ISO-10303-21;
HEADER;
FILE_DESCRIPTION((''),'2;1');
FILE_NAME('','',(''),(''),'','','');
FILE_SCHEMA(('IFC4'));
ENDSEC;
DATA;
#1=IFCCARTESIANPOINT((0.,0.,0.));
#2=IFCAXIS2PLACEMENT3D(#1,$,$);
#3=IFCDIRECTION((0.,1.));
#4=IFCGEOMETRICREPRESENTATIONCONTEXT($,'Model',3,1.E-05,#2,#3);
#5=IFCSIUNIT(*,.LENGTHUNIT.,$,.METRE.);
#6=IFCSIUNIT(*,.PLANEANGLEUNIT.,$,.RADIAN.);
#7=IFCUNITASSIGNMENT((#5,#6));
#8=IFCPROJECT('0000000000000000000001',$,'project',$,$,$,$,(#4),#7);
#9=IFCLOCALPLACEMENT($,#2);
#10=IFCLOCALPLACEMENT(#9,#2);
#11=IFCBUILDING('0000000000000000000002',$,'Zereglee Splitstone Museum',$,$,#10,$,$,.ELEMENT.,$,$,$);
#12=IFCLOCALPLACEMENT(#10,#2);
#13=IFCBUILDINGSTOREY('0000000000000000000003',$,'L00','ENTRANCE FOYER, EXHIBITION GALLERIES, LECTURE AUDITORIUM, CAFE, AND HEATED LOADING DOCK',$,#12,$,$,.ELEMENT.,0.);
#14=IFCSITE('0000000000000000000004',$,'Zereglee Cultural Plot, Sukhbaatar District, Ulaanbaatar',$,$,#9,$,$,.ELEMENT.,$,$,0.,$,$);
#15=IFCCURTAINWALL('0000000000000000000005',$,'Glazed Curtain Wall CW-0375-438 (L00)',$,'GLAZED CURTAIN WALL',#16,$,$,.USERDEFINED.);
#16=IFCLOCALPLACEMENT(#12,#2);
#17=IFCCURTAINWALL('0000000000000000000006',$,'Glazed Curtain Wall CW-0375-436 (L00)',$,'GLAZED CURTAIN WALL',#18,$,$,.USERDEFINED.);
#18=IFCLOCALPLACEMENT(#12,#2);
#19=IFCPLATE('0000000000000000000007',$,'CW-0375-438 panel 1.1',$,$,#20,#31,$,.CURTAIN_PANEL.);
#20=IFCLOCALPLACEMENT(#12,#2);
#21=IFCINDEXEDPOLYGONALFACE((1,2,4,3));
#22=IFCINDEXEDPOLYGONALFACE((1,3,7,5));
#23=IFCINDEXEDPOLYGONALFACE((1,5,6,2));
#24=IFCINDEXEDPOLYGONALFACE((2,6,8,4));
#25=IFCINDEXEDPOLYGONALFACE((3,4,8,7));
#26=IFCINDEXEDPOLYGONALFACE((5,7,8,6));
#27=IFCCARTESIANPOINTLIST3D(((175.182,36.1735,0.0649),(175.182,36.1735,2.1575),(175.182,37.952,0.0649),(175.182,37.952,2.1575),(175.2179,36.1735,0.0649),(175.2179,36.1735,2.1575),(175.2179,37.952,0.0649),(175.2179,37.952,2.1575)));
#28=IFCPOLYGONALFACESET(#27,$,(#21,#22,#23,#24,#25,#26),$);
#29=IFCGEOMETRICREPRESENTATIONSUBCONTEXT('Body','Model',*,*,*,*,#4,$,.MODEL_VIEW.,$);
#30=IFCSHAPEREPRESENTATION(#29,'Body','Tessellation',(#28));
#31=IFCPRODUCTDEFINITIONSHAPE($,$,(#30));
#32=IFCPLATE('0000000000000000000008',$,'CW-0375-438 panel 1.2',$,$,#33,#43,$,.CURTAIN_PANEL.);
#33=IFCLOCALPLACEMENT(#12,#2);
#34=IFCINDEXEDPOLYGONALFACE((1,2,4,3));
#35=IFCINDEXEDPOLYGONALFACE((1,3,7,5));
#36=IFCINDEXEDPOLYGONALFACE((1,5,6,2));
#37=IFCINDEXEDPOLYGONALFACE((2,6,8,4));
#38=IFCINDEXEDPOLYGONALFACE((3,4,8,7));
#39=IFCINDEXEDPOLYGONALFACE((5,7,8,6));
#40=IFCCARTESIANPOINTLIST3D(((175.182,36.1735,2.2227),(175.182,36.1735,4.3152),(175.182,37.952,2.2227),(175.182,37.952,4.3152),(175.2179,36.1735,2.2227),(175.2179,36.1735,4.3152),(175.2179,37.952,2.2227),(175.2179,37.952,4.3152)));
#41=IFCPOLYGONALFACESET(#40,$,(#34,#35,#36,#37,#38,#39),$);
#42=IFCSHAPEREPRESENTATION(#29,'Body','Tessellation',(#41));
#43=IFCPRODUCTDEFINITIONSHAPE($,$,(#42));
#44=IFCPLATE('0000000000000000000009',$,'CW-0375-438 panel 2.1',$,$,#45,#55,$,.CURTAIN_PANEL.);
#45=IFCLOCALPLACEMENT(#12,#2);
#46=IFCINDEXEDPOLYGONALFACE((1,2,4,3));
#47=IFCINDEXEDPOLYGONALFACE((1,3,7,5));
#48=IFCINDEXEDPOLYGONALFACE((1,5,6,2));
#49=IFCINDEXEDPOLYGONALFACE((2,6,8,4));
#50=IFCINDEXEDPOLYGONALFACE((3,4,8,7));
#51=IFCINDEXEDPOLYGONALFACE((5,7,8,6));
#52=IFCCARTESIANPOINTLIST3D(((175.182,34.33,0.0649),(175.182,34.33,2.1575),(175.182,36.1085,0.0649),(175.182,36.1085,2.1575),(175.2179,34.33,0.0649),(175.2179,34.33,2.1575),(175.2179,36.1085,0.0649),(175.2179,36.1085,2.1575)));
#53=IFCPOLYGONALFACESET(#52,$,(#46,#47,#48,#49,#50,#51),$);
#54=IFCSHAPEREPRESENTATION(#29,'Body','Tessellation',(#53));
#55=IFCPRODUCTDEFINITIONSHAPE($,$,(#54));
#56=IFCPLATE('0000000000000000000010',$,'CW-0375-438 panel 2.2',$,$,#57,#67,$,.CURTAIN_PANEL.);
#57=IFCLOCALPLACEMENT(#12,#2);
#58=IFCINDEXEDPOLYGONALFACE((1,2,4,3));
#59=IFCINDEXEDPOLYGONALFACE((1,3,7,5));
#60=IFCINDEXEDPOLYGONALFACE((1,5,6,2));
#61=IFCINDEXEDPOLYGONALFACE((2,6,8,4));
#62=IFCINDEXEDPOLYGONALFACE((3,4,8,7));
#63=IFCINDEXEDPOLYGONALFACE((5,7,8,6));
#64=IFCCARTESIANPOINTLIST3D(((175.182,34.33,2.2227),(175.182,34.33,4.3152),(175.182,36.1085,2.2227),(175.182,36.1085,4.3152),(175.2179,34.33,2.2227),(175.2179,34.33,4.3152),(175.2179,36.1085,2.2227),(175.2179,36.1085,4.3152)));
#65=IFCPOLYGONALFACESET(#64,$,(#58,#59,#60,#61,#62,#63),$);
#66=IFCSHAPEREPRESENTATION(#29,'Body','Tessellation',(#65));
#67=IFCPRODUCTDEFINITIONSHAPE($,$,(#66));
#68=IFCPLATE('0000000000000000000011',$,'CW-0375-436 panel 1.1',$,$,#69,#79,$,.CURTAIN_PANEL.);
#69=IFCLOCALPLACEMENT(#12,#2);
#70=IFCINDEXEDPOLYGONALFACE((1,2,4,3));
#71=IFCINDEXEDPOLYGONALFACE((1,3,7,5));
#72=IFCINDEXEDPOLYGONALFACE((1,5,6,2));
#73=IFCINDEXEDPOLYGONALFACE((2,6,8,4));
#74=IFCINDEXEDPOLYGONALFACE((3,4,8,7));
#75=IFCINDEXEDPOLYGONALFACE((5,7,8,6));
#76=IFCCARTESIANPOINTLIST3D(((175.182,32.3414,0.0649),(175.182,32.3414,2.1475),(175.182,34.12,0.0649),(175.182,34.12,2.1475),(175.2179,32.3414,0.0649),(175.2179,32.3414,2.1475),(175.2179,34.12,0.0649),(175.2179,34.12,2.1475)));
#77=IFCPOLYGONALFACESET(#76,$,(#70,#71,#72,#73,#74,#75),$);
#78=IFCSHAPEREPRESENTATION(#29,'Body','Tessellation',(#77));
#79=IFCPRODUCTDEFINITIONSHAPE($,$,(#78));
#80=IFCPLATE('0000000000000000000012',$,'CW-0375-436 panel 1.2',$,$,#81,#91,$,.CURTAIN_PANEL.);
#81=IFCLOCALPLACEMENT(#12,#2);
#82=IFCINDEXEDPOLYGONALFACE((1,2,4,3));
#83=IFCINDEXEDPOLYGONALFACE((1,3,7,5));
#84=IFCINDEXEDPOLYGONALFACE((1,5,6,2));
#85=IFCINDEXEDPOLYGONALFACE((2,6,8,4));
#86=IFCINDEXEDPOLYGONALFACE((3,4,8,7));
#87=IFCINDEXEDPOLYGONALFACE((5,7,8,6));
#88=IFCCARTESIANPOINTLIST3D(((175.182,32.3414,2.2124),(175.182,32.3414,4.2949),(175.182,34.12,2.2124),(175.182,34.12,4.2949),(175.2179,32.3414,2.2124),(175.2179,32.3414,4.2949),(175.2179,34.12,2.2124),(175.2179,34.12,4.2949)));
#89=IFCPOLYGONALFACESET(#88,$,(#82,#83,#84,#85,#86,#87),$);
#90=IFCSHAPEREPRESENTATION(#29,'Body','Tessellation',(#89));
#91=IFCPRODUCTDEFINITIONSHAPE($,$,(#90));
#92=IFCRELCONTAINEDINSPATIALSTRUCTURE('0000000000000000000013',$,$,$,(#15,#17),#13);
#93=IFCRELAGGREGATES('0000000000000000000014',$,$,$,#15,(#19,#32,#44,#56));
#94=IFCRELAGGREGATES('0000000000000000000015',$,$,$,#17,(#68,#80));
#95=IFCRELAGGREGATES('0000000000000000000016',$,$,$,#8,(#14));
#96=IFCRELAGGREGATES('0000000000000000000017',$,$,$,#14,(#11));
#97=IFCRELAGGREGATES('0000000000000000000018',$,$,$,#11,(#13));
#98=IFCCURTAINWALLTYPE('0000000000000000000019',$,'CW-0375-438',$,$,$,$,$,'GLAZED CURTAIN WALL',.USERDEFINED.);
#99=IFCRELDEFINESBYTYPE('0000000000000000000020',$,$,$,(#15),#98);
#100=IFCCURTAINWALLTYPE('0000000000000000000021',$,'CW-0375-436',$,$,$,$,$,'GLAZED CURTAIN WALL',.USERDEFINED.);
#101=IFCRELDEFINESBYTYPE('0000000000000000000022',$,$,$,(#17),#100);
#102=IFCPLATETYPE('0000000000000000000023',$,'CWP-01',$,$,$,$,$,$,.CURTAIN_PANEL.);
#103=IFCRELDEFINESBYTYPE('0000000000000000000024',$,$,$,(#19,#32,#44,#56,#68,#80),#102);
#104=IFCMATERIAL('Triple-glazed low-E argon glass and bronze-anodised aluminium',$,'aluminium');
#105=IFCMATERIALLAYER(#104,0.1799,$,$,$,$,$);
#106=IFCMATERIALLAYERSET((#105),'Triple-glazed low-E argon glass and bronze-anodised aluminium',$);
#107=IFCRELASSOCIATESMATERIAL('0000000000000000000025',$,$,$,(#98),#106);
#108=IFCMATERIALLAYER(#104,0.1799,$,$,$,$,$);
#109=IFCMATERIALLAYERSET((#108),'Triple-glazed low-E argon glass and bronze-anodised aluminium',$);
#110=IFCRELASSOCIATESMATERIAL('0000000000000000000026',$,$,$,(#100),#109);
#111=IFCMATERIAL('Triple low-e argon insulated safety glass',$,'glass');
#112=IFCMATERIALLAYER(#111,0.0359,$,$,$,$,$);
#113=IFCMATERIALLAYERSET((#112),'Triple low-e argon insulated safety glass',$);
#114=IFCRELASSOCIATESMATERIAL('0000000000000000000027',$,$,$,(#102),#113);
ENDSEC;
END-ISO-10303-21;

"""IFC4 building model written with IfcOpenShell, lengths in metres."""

from ifc_helpers import new_model, si_unit, direction, frame, origin, origin_2d, place, context, subcontext, project, spatial, rectangle, extrude, material, layer, layer_set, type_object, element, aggregate, save


model = new_model("IFC4")

# Units and contexts
model_context = context("Model", 3, precision=1e-05, world=origin(), true_north=direction((0.0, 1.0)))
body_context = subcontext(model_context, "Body", "Model", "MODEL_VIEW")
ifc_project = project(units=[si_unit("LENGTHUNIT", "METRE"), si_unit("PLANEANGLEUNIT", "RADIAN")], contexts=[model_context])

# Site, building, storey
site_placement = place(None, origin())
site = spatial("IfcSite", under=ifc_project, at=site_placement, Name="Zereglee Cultural Plot, Sukhbaatar District, Ulaanbaatar", CompositionType="ELEMENT", RefElevation=0.0)
building_placement = place(site_placement, origin())
building = spatial("IfcBuilding", under=site, at=building_placement, Name="Zereglee Splitstone Museum", CompositionType="ELEMENT")
storey_placement = place(building_placement, origin())
storey = spatial("IfcBuildingStorey", under=building, at=storey_placement, Name="L00", Description="ENTRANCE FOYER, EXHIBITION GALLERIES, LECTURE AUDITORIUM, CAFE, AND HEATED LOADING DOCK", CompositionType="ELEMENT", Elevation=0.0)

# Curtain walls
ifc_material_1 = material(Name="Triple-glazed low-E argon glass and bronze-anodised aluminium", Category="aluminium")
ifc_layer_1 = layer(ifc_material_1, 0.1799)
ifc_layer_set_1 = layer_set([ifc_layer_1], Name="Triple-glazed low-E argon glass and bronze-anodised aluminium")
curtain_wall_type_1 = type_object("IfcCurtainWallType", Name="CW-0375-438", ElementType="GLAZED CURTAIN WALL", PredefinedType="USERDEFINED", material=ifc_layer_set_1)
curtain_wall_1_placement = place(storey_placement, origin())
curtain_wall_1 = element("IfcCurtainWall", 1, at=curtain_wall_1_placement, inside=storey, type_object=curtain_wall_type_1, Name="Glazed Curtain Wall CW-0375-438 (L00)", ObjectType="GLAZED CURTAIN WALL", PredefinedType="USERDEFINED")
ifc_layer_2 = layer(ifc_material_1, 0.1799)
ifc_layer_set_2 = layer_set([ifc_layer_2], Name="Triple-glazed low-E argon glass and bronze-anodised aluminium")
curtain_wall_type_2 = type_object("IfcCurtainWallType", Name="CW-0375-436", ElementType="GLAZED CURTAIN WALL", PredefinedType="USERDEFINED", material=ifc_layer_set_2)
curtain_wall_2_placement = place(storey_placement, origin())
curtain_wall_2 = element("IfcCurtainWall", 2, at=curtain_wall_2_placement, inside=storey, type_object=curtain_wall_type_2, Name="Glazed Curtain Wall CW-0375-436 (L00)", ObjectType="GLAZED CURTAIN WALL", PredefinedType="USERDEFINED")

# Plates
ifc_material_2 = material(Name="Triple low-e argon insulated safety glass", Category="glass")
ifc_layer_3 = layer(ifc_material_2, 0.0359)
ifc_layer_set_3 = layer_set([ifc_layer_3], Name="Triple low-e argon insulated safety glass")
plate_type = type_object("IfcPlateType", Name="CWP-01", PredefinedType="CURTAIN_PANEL", material=ifc_layer_set_3)
plate_1_placement = place(storey_placement, frame((175.2, 37.0627, 0.0649), z_axis=(0.0, 0.0, 1.0), x_axis=(0.0, -1.0, 0.0)))
plate_1 = element("IfcPlate", 3, at=plate_1_placement, type_object=plate_type, Name="CW-0375-438 panel 1.1", PredefinedType="CURTAIN_PANEL", context=body_context, shape_type="SweptSolid", body=[
    extrude(rectangle(XDim=1.7786, YDim=0.0359, at=origin_2d()), origin(), (0.0, 0.0, 1.0), 2.0925),
])
plate_2_placement = place(storey_placement, frame((175.2, 37.0627, 2.2227), z_axis=(0.0, 0.0, 1.0), x_axis=(0.0, -1.0, 0.0)))
plate_2 = element("IfcPlate", 4, at=plate_2_placement, type_object=plate_type, Name="CW-0375-438 panel 1.2", PredefinedType="CURTAIN_PANEL", context=body_context, shape_type="SweptSolid", body=[
    extrude(rectangle(XDim=1.7786, YDim=0.0359, at=origin_2d()), origin(), (0.0, 0.0, 1.0), 2.0925),
])
plate_3_placement = place(storey_placement, frame((175.2, 35.2192, 0.0649), z_axis=(0.0, 0.0, 1.0), x_axis=(0.0, -1.0, 0.0)))
plate_3 = element("IfcPlate", 5, at=plate_3_placement, type_object=plate_type, Name="CW-0375-438 panel 2.1", PredefinedType="CURTAIN_PANEL", context=body_context, shape_type="SweptSolid", body=[
    extrude(rectangle(XDim=1.7786, YDim=0.0359, at=origin_2d()), origin(), (0.0, 0.0, 1.0), 2.0925),
])
plate_4_placement = place(storey_placement, frame((175.2, 35.2192, 2.2227), z_axis=(0.0, 0.0, 1.0), x_axis=(0.0, -1.0, 0.0)))
plate_4 = element("IfcPlate", 6, at=plate_4_placement, type_object=plate_type, Name="CW-0375-438 panel 2.2", PredefinedType="CURTAIN_PANEL", context=body_context, shape_type="SweptSolid", body=[
    extrude(rectangle(XDim=1.7786, YDim=0.0359, at=origin_2d()), origin(), (0.0, 0.0, 1.0), 2.0925),
])
aggregate(curtain_wall_1, [plate_1, plate_2, plate_3, plate_4])
plate_5_placement = place(storey_placement, frame((175.2, 33.2307, 0.0649), z_axis=(0.0, 0.0, 1.0), x_axis=(0.0, -1.0, 0.0)))
plate_5 = element("IfcPlate", 7, at=plate_5_placement, type_object=plate_type, Name="CW-0375-436 panel 1.1", PredefinedType="CURTAIN_PANEL", context=body_context, shape_type="SweptSolid", body=[
    extrude(rectangle(XDim=1.7786, YDim=0.0359, at=origin_2d()), origin(), (0.0, 0.0, 1.0), 2.0825),
])
plate_6_placement = place(storey_placement, frame((175.2, 33.2307, 2.2124), z_axis=(0.0, 0.0, 1.0), x_axis=(0.0, -1.0, 0.0)))
plate_6 = element("IfcPlate", 8, at=plate_6_placement, type_object=plate_type, Name="CW-0375-436 panel 1.2", PredefinedType="CURTAIN_PANEL", context=body_context, shape_type="SweptSolid", body=[
    extrude(rectangle(XDim=1.7786, YDim=0.0359, at=origin_2d()), origin(), (0.0, 0.0, 1.0), 2.0825),
])
aggregate(curtain_wall_2, [plate_5, plate_6])

save(model, "model.ifc")
